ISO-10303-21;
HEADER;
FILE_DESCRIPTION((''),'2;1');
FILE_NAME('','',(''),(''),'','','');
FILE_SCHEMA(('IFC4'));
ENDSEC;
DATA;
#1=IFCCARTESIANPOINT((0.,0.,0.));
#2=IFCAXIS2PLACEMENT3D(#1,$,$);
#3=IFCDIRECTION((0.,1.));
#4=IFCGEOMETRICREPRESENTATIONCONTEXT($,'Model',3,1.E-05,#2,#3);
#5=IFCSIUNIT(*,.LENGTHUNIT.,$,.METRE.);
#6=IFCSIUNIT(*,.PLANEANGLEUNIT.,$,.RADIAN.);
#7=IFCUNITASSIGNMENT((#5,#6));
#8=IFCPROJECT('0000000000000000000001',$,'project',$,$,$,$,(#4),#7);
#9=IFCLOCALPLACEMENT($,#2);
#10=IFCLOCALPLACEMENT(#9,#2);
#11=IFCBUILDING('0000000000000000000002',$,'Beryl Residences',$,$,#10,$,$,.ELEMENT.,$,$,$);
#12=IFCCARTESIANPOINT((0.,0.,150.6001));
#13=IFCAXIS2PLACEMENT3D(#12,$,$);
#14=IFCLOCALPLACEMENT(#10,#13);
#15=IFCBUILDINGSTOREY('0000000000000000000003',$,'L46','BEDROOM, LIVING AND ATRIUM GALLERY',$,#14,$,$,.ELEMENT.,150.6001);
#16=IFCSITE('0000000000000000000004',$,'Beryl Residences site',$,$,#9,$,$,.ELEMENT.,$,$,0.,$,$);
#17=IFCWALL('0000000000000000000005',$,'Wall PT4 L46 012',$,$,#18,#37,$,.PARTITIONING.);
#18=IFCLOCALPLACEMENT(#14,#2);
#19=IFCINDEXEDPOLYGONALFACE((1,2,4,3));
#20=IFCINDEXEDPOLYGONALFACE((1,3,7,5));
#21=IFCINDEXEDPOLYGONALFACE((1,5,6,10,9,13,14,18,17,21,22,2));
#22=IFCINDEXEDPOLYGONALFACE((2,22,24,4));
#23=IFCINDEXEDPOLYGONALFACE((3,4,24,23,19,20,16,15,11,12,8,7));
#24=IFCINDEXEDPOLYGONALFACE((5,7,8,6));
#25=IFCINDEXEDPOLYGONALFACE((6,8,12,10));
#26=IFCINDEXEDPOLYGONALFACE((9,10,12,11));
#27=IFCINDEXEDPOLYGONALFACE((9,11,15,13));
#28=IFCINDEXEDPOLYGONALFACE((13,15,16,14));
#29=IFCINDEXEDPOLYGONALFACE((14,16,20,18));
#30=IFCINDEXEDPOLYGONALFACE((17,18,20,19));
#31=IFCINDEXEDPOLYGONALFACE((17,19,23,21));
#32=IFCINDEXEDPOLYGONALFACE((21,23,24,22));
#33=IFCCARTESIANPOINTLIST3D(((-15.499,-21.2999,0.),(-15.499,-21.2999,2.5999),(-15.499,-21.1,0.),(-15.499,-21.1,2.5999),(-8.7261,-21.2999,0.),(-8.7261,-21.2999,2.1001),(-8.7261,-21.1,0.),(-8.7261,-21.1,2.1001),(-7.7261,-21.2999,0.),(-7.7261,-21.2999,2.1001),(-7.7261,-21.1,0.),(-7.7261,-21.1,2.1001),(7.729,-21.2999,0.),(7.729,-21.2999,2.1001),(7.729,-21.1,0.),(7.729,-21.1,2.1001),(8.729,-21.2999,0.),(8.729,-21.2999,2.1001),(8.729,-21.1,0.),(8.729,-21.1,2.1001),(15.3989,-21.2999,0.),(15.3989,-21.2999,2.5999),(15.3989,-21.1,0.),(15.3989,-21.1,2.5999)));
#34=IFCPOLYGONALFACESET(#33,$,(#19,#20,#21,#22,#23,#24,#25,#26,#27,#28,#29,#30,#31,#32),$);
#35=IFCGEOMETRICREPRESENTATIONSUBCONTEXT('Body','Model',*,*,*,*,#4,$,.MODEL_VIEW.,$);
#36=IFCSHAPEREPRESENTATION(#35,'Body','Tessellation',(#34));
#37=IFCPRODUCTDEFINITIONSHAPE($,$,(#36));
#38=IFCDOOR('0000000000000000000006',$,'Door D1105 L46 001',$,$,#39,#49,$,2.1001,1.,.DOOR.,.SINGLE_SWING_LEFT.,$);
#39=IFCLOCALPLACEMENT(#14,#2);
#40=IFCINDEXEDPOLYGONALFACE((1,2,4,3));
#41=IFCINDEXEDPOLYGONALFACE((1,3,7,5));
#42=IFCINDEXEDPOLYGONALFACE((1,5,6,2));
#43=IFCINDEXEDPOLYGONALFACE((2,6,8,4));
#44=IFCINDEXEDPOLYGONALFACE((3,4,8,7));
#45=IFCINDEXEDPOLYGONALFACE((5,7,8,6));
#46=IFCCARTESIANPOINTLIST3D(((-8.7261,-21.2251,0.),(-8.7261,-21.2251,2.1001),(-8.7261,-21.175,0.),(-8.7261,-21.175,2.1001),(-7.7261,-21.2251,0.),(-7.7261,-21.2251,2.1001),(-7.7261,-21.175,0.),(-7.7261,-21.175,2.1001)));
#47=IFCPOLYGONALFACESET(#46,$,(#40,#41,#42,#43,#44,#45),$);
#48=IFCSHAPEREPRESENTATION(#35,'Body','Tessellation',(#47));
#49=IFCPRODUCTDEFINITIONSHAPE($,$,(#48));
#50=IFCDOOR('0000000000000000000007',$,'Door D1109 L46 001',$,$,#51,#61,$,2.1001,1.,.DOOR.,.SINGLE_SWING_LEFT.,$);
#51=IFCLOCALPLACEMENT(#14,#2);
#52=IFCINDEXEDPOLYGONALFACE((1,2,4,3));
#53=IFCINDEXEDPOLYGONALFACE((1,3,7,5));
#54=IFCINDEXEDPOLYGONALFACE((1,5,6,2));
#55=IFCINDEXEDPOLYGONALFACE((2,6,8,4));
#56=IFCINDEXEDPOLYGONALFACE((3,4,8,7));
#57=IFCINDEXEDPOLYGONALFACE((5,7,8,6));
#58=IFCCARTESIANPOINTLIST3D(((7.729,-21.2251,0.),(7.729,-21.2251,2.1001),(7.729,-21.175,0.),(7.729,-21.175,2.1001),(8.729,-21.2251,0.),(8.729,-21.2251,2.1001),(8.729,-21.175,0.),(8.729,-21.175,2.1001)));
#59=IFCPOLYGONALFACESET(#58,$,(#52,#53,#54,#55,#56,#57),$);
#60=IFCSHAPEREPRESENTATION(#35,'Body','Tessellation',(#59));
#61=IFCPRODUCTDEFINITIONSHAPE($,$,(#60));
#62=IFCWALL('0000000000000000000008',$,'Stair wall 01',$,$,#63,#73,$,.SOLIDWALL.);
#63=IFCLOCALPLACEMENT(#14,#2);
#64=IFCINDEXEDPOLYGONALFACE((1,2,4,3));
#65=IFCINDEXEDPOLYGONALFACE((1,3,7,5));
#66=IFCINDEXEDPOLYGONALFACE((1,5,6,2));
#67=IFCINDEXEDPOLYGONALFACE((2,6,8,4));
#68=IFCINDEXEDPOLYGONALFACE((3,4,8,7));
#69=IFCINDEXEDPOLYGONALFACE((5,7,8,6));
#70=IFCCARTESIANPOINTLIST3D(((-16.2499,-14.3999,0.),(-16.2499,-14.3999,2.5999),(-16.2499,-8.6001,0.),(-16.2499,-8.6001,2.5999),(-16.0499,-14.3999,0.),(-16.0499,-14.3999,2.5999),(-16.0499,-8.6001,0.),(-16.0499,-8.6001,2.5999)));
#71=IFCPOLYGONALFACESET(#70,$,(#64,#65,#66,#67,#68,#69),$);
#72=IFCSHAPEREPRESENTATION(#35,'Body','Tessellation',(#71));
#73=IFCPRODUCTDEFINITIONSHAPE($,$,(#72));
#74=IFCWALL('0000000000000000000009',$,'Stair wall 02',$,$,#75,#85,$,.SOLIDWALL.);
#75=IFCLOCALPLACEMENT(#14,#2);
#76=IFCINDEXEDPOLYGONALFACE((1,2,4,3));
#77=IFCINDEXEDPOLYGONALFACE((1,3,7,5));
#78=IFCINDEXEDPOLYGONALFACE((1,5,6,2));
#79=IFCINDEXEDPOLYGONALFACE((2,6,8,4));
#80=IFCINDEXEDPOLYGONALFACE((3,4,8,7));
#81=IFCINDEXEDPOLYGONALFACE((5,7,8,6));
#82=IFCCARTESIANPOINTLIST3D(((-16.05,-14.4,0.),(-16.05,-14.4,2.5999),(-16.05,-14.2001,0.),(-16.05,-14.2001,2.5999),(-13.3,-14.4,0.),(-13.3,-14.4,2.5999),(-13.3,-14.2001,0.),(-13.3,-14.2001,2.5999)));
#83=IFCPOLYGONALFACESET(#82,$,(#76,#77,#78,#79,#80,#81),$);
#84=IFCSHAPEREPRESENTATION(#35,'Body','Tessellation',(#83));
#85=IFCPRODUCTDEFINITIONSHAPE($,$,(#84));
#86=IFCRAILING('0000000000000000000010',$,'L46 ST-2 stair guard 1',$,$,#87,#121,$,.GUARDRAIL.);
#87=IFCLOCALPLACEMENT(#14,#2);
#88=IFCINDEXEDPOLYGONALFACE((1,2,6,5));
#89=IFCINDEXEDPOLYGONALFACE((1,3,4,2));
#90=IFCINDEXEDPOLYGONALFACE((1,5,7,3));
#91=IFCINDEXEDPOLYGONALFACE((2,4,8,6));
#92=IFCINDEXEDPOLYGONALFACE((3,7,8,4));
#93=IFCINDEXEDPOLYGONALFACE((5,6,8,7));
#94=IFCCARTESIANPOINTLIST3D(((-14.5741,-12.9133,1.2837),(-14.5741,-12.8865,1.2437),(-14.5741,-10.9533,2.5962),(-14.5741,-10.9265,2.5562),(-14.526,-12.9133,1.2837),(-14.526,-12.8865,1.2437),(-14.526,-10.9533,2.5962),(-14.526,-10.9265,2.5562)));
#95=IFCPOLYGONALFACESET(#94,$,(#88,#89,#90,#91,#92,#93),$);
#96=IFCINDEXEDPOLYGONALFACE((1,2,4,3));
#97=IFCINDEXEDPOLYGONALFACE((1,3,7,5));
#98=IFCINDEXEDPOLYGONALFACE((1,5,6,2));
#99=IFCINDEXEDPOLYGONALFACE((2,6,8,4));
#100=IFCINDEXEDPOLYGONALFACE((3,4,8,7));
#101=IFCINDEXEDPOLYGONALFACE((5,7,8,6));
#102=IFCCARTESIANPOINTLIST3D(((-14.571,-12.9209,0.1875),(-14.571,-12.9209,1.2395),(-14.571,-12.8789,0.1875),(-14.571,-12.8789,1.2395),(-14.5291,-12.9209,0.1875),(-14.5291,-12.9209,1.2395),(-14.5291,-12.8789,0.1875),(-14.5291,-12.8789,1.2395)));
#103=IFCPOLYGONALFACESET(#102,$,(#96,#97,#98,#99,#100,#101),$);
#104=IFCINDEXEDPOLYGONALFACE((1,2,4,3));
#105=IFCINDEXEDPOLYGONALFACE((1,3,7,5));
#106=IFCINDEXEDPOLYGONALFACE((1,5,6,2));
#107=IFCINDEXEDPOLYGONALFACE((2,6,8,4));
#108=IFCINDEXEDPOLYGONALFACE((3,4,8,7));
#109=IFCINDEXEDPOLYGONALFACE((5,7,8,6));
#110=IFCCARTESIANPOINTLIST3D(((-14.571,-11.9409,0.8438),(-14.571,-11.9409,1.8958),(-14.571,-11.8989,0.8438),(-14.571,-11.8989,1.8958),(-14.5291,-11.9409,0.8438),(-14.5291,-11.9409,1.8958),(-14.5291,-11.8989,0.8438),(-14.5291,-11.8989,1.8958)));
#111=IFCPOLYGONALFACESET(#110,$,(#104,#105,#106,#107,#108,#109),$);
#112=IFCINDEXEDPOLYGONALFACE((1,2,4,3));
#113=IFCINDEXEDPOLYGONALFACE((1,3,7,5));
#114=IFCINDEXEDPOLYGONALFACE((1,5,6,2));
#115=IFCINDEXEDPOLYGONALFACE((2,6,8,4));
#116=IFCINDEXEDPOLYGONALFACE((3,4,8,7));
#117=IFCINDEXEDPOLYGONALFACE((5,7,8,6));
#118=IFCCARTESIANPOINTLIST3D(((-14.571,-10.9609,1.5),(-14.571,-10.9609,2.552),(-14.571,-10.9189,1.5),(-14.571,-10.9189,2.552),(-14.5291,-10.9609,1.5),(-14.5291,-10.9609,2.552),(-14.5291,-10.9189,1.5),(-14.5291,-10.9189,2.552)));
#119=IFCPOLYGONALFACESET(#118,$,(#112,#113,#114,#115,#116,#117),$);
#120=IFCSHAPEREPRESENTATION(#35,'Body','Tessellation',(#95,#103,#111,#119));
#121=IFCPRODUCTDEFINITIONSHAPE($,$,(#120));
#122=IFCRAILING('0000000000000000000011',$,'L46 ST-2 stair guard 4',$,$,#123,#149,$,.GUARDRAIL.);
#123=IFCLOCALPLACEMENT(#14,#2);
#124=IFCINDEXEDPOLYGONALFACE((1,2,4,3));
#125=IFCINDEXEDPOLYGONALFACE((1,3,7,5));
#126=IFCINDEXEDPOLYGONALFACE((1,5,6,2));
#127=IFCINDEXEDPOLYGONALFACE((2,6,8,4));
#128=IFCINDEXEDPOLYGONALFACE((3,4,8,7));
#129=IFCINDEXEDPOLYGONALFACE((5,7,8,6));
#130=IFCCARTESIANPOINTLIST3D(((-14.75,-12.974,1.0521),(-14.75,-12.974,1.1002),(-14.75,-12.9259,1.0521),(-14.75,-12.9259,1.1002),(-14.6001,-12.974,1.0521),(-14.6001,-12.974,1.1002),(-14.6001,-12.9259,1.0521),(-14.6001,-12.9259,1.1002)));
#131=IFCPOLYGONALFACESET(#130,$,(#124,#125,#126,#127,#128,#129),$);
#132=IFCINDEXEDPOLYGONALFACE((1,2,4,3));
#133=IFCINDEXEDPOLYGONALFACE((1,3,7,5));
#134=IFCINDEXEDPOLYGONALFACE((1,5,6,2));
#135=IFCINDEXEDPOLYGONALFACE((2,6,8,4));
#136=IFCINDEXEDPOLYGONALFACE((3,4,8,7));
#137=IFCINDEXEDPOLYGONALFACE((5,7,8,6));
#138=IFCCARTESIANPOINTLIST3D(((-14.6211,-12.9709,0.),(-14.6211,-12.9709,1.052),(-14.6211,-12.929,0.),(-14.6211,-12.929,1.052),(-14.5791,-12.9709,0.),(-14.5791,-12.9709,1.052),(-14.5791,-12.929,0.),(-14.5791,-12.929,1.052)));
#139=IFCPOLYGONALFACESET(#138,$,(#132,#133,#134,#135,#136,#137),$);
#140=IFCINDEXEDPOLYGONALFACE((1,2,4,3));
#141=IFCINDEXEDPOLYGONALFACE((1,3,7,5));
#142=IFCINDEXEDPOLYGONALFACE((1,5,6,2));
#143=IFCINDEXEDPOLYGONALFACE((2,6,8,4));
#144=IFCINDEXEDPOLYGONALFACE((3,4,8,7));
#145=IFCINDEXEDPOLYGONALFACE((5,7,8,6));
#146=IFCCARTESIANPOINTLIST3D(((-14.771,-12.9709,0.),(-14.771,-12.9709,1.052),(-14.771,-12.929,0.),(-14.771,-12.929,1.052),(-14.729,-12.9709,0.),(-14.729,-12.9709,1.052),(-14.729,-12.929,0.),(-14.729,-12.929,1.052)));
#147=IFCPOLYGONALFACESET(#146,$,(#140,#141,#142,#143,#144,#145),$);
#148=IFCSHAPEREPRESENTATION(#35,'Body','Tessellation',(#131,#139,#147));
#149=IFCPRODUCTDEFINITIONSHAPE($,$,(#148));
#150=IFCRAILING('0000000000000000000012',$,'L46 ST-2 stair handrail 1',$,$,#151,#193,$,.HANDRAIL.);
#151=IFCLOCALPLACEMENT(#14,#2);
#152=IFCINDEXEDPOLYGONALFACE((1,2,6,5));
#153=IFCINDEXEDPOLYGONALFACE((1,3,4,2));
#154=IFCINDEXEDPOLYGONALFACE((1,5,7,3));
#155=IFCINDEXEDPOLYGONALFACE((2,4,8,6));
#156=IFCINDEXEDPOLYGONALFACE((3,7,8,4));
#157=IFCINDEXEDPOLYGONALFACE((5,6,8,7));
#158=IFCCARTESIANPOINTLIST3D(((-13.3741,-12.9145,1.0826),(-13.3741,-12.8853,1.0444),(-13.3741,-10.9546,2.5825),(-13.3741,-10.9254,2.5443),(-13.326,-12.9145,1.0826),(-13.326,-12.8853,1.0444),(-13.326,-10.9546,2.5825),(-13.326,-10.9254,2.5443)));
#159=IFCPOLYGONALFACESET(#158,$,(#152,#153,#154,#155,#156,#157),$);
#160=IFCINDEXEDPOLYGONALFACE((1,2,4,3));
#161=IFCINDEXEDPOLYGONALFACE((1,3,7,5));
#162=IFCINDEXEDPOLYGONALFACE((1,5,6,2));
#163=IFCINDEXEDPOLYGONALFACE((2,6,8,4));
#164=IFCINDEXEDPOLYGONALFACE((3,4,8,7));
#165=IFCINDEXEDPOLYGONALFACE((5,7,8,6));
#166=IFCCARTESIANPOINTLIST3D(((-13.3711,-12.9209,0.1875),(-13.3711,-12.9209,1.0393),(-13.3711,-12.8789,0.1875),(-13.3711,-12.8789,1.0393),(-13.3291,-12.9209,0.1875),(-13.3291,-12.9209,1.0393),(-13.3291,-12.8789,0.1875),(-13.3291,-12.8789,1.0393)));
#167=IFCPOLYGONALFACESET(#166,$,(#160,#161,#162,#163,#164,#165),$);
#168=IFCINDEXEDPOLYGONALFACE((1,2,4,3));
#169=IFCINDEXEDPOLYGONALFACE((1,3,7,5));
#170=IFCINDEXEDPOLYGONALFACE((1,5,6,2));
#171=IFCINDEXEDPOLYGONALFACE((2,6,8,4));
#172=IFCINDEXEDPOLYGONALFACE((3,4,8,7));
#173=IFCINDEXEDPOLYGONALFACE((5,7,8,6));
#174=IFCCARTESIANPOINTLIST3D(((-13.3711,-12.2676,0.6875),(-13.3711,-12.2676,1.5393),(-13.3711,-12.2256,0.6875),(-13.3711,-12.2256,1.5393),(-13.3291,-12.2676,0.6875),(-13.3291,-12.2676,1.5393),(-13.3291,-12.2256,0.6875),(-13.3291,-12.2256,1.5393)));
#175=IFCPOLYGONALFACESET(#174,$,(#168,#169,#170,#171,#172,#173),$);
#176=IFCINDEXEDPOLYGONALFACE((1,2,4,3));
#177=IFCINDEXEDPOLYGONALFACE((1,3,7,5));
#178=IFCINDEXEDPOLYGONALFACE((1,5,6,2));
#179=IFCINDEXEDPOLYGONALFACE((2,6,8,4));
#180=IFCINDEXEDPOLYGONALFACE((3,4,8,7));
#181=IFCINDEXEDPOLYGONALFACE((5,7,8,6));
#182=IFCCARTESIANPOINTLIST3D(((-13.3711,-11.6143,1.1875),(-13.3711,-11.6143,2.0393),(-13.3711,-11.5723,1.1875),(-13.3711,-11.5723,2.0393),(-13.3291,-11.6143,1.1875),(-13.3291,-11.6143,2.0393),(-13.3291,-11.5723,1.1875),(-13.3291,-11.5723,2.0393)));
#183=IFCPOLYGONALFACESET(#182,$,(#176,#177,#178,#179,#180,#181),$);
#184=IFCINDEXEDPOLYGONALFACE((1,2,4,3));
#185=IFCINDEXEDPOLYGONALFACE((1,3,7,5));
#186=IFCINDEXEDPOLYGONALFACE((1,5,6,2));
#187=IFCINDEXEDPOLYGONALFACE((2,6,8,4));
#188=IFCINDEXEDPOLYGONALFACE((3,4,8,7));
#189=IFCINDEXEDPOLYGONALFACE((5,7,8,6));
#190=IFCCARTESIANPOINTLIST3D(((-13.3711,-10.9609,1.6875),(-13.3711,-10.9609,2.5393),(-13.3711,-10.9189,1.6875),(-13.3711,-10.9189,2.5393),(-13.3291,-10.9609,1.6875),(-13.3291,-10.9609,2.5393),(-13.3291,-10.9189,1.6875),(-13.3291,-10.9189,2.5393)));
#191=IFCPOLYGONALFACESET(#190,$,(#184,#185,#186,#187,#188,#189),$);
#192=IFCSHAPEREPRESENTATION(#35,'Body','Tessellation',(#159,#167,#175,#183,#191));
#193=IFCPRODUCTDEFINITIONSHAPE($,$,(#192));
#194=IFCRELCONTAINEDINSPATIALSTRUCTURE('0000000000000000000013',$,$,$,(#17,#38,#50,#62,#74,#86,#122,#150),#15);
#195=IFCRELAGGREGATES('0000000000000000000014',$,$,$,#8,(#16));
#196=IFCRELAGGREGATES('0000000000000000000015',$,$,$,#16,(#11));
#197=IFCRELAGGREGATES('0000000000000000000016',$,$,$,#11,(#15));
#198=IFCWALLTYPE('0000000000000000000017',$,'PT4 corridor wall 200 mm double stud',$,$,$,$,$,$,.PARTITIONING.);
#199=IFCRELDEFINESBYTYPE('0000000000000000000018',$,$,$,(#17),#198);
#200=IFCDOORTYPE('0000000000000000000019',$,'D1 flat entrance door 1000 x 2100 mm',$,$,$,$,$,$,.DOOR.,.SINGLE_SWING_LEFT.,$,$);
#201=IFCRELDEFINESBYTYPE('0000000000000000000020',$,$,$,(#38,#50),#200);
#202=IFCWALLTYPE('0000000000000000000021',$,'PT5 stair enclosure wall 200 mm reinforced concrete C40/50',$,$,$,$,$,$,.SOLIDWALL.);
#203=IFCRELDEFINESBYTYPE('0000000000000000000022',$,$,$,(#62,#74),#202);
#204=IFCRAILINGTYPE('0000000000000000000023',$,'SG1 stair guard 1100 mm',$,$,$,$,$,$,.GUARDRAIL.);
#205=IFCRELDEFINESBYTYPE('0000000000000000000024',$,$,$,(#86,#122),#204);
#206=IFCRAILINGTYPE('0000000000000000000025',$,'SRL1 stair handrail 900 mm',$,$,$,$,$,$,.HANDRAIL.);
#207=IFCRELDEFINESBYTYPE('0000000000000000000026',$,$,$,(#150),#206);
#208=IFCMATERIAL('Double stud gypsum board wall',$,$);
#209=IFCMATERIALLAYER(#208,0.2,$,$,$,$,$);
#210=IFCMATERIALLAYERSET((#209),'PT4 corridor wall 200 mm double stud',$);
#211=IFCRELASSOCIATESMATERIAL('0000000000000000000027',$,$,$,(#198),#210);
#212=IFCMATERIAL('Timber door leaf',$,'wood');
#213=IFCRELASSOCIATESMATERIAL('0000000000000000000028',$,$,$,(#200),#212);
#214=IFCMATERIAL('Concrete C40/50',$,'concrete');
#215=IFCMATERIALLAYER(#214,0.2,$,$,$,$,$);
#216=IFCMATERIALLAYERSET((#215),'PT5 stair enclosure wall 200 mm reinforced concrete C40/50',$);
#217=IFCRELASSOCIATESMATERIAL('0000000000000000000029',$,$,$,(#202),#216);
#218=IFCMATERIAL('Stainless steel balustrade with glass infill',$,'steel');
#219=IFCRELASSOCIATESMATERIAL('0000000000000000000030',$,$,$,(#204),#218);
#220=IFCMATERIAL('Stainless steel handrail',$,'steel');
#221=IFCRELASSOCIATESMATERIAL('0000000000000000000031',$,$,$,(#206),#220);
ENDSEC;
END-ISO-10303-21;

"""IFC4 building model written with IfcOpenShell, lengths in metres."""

from ifc_helpers import new_model, si_unit, direction, frame, frame_2d, origin, origin_2d, place, context, subcontext, project, spatial, rectangle, extrude, material, layer, layer_set, type_object, element, fill, save


model = new_model("IFC4")

# Units and contexts
model_context = context("Model", 3, precision=1e-05, world=origin(), true_north=direction((0.0, 1.0)))
body_context = subcontext(model_context, "Body", "Model", "MODEL_VIEW")
ifc_project = project(units=[si_unit("LENGTHUNIT", "METRE"), si_unit("PLANEANGLEUNIT", "RADIAN")], contexts=[model_context])

# Site, building, storey
site_placement = place(None, origin())
site = spatial("IfcSite", under=ifc_project, at=site_placement, Name="Beryl Residences site", CompositionType="ELEMENT", RefElevation=0.0)
building_placement = place(site_placement, origin())
building = spatial("IfcBuilding", under=site, at=building_placement, Name="Beryl Residences", CompositionType="ELEMENT")
storey_placement = place(building_placement, frame((0.0, 0.0, 150.6001)))
storey = spatial("IfcBuildingStorey", under=building, at=storey_placement, Name="L46", Description="BEDROOM, LIVING AND ATRIUM GALLERY", CompositionType="ELEMENT", Elevation=150.6001)

# Shared definitions
ifc_material_1 = material(Name="Double stud gypsum board wall")
ifc_layer_1 = layer(ifc_material_1, 0.2)
ifc_layer_set_1 = layer_set([ifc_layer_1], Name="PT4 corridor wall 200 mm double stud")
wall_type_1 = type_object("IfcWallType", Name="PT4 corridor wall 200 mm double stud", PredefinedType="PARTITIONING", material=ifc_layer_set_1)

# Wall, openings, doors
wall_1_placement = place(storey_placement, frame((-15.499, -21.2, 0.0), z_axis=(0.0, 0.0, 1.0), x_axis=(1.0, 0.0, 0.0)))
wall_1 = element("IfcWall", 1, at=wall_1_placement, inside=storey, type_object=wall_type_1, Name="Wall PT4 L46 012", PredefinedType="PARTITIONING", context=body_context, shape_type="SweptSolid", body=[
    extrude(rectangle(XDim=30.8979, YDim=0.2, at=frame_2d((15.449, 0.0))), origin(), (0.0, 0.0, 1.0), 2.5999),
])
opening_1_placement = place(wall_1_placement, frame((6.7729, 0.0, 0.0)))
opening_1 = element("IfcOpeningElement", 2, at=opening_1_placement, cuts=wall_1, PredefinedType="OPENING", context=body_context, shape_type="SweptSolid", body=[
    extrude(rectangle(XDim=1.0, YDim=2.1001, at=frame_2d((0.5, 1.05))), frame((0.0, 0.1099, 0.0), z_axis=(0.0, -1.0, 0.0), x_axis=(1.0, 0.0, 0.0)), (0.0, 0.0, 1.0), 0.22),
])
opening_2_placement = place(wall_1_placement, frame((23.228, 0.0, 0.0)))
opening_2 = element("IfcOpeningElement", 3, at=opening_2_placement, cuts=wall_1, PredefinedType="OPENING", context=body_context, shape_type="SweptSolid", body=[
    extrude(rectangle(XDim=1.0, YDim=2.1001, at=frame_2d((0.5, 1.05))), frame((0.0, 0.1099, 0.0), z_axis=(0.0, -1.0, 0.0), x_axis=(1.0, 0.0, 0.0)), (0.0, 0.0, 1.0), 0.22),
])
ifc_material_2 = material(Name="Timber door leaf", Category="wood")
door_type = type_object("IfcDoorType", Name="D1 flat entrance door 1000 x 2100 mm", OperationType="SINGLE_SWING_LEFT", PredefinedType="DOOR", material=ifc_material_2)
door_1_placement = place(opening_1_placement, origin())
door_1 = element("IfcDoor", 4, at=door_1_placement, inside=storey, type_object=door_type, Name="Door D1105 L46 001", OperationType="SINGLE_SWING_LEFT", OverallHeight=2.1001, OverallWidth=1.0, PredefinedType="DOOR", context=body_context, shape_type="SweptSolid", body=[
    extrude(rectangle(XDim=1.0, YDim=2.1001, at=frame_2d((0.5, 1.05))), frame((0.0, 0.0249, 0.0), z_axis=(0.0, -1.0, 0.0), x_axis=(1.0, 0.0, 0.0)), (0.0, 0.0, 1.0), 0.05),
])
fill(opening_1, door_1)
door_2_placement = place(opening_2_placement, origin())
door_2 = element("IfcDoor", 5, at=door_2_placement, inside=storey, type_object=door_type, Name="Door D1109 L46 001", OperationType="SINGLE_SWING_LEFT", OverallHeight=2.1001, OverallWidth=1.0, PredefinedType="DOOR", context=body_context, shape_type="SweptSolid", body=[
    extrude(rectangle(XDim=1.0, YDim=2.1001, at=frame_2d((0.5, 1.05))), frame((0.0, 0.0249, 0.0), z_axis=(0.0, -1.0, 0.0), x_axis=(1.0, 0.0, 0.0)), (0.0, 0.0, 1.0), 0.05),
])
fill(opening_2, door_2)

# Walls
ifc_material_3 = material(Name="Concrete C40/50", Category="concrete")
ifc_layer_2 = layer(ifc_material_3, 0.2)
ifc_layer_set_2 = layer_set([ifc_layer_2], Name="PT5 stair enclosure wall 200 mm reinforced concrete C40/50")
wall_type_2 = type_object("IfcWallType", Name="PT5 stair enclosure wall 200 mm reinforced concrete C40/50", PredefinedType="SOLIDWALL", material=ifc_layer_set_2)
wall_2_placement = place(storey_placement, frame((-16.1499, -14.3999, 0.0), z_axis=(0.0, 0.0, 1.0), x_axis=(0.0, 1.0, 0.0)))
element("IfcWall", 6, at=wall_2_placement, inside=storey, type_object=wall_type_2, Name="Stair wall 01", PredefinedType="SOLIDWALL", context=body_context, shape_type="SweptSolid", body=[
    extrude(rectangle(XDim=5.7998, YDim=0.2, at=frame_2d((2.8999, 0.0))), origin(), (0.0, 0.0, 1.0), 2.5999),
])
wall_3_placement = place(storey_placement, frame((-16.05, -14.3, 0.0), z_axis=(0.0, 0.0, 1.0), x_axis=(1.0, 0.0, 0.0)))
element("IfcWall", 7, at=wall_3_placement, inside=storey, type_object=wall_type_2, Name="Stair wall 02", PredefinedType="SOLIDWALL", context=body_context, shape_type="SweptSolid", body=[
    extrude(rectangle(XDim=2.75, YDim=0.2, at=frame_2d((1.375, 0.0))), origin(), (0.0, 0.0, 1.0), 2.5999),
])

# Railings
ifc_material_4 = material(Name="Stainless steel balustrade with glass infill", Category="steel")
railing_type_1 = type_object("IfcRailingType", Name="SG1 stair guard 1100 mm", PredefinedType="GUARDRAIL", material=ifc_material_4)
railing_1_placement = place(storey_placement, frame((-14.55, -12.8999, 0.1875)))
element("IfcRailing", 8, at=railing_1_placement, inside=storey, type_object=railing_type_1, Name="L46 ST-2 stair guard 1", PredefinedType="GUARDRAIL", context=body_context, shape_type="SweptSolid", body=[
    extrude(rectangle(XDim=0.0481, YDim=0.0481, at=origin_2d()), frame((0.0, 0.0, 1.0762), z_axis=(0.0, 0.830902, 0.556419), x_axis=(-1.0, 0.0, 0.0)), (0.0, 0.0, 1.0), 2.3589),
    extrude(rectangle(XDim=0.042, YDim=0.042, at=origin_2d()), origin(), (0.0, 0.0, 1.0), 1.052),
    extrude(rectangle(XDim=0.042, YDim=0.042, at=origin_2d()), frame((0.0, 0.98, 0.6562)), (0.0, 0.0, 1.0), 1.052),
    extrude(rectangle(XDim=0.042, YDim=0.042, at=origin_2d()), frame((0.0, 1.96, 1.3125)), (0.0, 0.0, 1.0), 1.052),
])
railing_2_placement = place(storey_placement, frame((-14.6001, -12.95, 0.0)))
element("IfcRailing", 9, at=railing_2_placement, inside=storey, type_object=railing_type_1, Name="L46 ST-2 stair guard 4", PredefinedType="GUARDRAIL", context=body_context, shape_type="SweptSolid", body=[
    extrude(rectangle(XDim=0.0481, YDim=0.0481, at=origin_2d()), frame((0.0, 0.0, 1.0762), z_axis=(-1.0, 0.0, 0.0), x_axis=(0.0, -1.0, 0.0)), (0.0, 0.0, 1.0), 0.1499),
    extrude(rectangle(XDim=0.042, YDim=0.042, at=origin_2d()), origin(), (0.0, 0.0, 1.0), 1.052),
    extrude(rectangle(XDim=0.042, YDim=0.042, at=origin_2d()), frame((-0.1499, 0.0, 0.0)), (0.0, 0.0, 1.0), 1.052),
])
ifc_material_5 = material(Name="Stainless steel handrail", Category="steel")
railing_type_2 = type_object("IfcRailingType", Name="SRL1 stair handrail 900 mm", PredefinedType="HANDRAIL", material=ifc_material_5)
railing_3_placement = place(storey_placement, frame((-13.3501, -12.8999, 0.1875)))
element("IfcRailing", 10, at=railing_3_placement, inside=storey, type_object=railing_type_2, Name="L46 ST-2 stair handrail 1", PredefinedType="HANDRAIL", context=body_context, shape_type="SweptSolid", body=[
    extrude(rectangle(XDim=0.0481, YDim=0.0481, at=origin_2d()), frame((0.0, 0.0, 0.876), z_axis=(0.0, 0.794122, 0.607758), x_axis=(-1.0, 0.0, 0.0)), (0.0, 0.0, 1.0), 2.468),
    extrude(rectangle(XDim=0.042, YDim=0.042, at=origin_2d()), origin(), (0.0, 0.0, 1.0), 0.8518),
    extrude(rectangle(XDim=0.042, YDim=0.042, at=origin_2d()), frame((0.0, 0.6533, 0.5)), (0.0, 0.0, 1.0), 0.8518),
    extrude(rectangle(XDim=0.042, YDim=0.042, at=origin_2d()), frame((0.0, 1.3066, 1.0)), (0.0, 0.0, 1.0), 0.8518),
    extrude(rectangle(XDim=0.042, YDim=0.042, at=origin_2d()), frame((0.0, 1.96, 1.5)), (0.0, 0.0, 1.0), 0.8518),
])

save(model, "model.ifc")
